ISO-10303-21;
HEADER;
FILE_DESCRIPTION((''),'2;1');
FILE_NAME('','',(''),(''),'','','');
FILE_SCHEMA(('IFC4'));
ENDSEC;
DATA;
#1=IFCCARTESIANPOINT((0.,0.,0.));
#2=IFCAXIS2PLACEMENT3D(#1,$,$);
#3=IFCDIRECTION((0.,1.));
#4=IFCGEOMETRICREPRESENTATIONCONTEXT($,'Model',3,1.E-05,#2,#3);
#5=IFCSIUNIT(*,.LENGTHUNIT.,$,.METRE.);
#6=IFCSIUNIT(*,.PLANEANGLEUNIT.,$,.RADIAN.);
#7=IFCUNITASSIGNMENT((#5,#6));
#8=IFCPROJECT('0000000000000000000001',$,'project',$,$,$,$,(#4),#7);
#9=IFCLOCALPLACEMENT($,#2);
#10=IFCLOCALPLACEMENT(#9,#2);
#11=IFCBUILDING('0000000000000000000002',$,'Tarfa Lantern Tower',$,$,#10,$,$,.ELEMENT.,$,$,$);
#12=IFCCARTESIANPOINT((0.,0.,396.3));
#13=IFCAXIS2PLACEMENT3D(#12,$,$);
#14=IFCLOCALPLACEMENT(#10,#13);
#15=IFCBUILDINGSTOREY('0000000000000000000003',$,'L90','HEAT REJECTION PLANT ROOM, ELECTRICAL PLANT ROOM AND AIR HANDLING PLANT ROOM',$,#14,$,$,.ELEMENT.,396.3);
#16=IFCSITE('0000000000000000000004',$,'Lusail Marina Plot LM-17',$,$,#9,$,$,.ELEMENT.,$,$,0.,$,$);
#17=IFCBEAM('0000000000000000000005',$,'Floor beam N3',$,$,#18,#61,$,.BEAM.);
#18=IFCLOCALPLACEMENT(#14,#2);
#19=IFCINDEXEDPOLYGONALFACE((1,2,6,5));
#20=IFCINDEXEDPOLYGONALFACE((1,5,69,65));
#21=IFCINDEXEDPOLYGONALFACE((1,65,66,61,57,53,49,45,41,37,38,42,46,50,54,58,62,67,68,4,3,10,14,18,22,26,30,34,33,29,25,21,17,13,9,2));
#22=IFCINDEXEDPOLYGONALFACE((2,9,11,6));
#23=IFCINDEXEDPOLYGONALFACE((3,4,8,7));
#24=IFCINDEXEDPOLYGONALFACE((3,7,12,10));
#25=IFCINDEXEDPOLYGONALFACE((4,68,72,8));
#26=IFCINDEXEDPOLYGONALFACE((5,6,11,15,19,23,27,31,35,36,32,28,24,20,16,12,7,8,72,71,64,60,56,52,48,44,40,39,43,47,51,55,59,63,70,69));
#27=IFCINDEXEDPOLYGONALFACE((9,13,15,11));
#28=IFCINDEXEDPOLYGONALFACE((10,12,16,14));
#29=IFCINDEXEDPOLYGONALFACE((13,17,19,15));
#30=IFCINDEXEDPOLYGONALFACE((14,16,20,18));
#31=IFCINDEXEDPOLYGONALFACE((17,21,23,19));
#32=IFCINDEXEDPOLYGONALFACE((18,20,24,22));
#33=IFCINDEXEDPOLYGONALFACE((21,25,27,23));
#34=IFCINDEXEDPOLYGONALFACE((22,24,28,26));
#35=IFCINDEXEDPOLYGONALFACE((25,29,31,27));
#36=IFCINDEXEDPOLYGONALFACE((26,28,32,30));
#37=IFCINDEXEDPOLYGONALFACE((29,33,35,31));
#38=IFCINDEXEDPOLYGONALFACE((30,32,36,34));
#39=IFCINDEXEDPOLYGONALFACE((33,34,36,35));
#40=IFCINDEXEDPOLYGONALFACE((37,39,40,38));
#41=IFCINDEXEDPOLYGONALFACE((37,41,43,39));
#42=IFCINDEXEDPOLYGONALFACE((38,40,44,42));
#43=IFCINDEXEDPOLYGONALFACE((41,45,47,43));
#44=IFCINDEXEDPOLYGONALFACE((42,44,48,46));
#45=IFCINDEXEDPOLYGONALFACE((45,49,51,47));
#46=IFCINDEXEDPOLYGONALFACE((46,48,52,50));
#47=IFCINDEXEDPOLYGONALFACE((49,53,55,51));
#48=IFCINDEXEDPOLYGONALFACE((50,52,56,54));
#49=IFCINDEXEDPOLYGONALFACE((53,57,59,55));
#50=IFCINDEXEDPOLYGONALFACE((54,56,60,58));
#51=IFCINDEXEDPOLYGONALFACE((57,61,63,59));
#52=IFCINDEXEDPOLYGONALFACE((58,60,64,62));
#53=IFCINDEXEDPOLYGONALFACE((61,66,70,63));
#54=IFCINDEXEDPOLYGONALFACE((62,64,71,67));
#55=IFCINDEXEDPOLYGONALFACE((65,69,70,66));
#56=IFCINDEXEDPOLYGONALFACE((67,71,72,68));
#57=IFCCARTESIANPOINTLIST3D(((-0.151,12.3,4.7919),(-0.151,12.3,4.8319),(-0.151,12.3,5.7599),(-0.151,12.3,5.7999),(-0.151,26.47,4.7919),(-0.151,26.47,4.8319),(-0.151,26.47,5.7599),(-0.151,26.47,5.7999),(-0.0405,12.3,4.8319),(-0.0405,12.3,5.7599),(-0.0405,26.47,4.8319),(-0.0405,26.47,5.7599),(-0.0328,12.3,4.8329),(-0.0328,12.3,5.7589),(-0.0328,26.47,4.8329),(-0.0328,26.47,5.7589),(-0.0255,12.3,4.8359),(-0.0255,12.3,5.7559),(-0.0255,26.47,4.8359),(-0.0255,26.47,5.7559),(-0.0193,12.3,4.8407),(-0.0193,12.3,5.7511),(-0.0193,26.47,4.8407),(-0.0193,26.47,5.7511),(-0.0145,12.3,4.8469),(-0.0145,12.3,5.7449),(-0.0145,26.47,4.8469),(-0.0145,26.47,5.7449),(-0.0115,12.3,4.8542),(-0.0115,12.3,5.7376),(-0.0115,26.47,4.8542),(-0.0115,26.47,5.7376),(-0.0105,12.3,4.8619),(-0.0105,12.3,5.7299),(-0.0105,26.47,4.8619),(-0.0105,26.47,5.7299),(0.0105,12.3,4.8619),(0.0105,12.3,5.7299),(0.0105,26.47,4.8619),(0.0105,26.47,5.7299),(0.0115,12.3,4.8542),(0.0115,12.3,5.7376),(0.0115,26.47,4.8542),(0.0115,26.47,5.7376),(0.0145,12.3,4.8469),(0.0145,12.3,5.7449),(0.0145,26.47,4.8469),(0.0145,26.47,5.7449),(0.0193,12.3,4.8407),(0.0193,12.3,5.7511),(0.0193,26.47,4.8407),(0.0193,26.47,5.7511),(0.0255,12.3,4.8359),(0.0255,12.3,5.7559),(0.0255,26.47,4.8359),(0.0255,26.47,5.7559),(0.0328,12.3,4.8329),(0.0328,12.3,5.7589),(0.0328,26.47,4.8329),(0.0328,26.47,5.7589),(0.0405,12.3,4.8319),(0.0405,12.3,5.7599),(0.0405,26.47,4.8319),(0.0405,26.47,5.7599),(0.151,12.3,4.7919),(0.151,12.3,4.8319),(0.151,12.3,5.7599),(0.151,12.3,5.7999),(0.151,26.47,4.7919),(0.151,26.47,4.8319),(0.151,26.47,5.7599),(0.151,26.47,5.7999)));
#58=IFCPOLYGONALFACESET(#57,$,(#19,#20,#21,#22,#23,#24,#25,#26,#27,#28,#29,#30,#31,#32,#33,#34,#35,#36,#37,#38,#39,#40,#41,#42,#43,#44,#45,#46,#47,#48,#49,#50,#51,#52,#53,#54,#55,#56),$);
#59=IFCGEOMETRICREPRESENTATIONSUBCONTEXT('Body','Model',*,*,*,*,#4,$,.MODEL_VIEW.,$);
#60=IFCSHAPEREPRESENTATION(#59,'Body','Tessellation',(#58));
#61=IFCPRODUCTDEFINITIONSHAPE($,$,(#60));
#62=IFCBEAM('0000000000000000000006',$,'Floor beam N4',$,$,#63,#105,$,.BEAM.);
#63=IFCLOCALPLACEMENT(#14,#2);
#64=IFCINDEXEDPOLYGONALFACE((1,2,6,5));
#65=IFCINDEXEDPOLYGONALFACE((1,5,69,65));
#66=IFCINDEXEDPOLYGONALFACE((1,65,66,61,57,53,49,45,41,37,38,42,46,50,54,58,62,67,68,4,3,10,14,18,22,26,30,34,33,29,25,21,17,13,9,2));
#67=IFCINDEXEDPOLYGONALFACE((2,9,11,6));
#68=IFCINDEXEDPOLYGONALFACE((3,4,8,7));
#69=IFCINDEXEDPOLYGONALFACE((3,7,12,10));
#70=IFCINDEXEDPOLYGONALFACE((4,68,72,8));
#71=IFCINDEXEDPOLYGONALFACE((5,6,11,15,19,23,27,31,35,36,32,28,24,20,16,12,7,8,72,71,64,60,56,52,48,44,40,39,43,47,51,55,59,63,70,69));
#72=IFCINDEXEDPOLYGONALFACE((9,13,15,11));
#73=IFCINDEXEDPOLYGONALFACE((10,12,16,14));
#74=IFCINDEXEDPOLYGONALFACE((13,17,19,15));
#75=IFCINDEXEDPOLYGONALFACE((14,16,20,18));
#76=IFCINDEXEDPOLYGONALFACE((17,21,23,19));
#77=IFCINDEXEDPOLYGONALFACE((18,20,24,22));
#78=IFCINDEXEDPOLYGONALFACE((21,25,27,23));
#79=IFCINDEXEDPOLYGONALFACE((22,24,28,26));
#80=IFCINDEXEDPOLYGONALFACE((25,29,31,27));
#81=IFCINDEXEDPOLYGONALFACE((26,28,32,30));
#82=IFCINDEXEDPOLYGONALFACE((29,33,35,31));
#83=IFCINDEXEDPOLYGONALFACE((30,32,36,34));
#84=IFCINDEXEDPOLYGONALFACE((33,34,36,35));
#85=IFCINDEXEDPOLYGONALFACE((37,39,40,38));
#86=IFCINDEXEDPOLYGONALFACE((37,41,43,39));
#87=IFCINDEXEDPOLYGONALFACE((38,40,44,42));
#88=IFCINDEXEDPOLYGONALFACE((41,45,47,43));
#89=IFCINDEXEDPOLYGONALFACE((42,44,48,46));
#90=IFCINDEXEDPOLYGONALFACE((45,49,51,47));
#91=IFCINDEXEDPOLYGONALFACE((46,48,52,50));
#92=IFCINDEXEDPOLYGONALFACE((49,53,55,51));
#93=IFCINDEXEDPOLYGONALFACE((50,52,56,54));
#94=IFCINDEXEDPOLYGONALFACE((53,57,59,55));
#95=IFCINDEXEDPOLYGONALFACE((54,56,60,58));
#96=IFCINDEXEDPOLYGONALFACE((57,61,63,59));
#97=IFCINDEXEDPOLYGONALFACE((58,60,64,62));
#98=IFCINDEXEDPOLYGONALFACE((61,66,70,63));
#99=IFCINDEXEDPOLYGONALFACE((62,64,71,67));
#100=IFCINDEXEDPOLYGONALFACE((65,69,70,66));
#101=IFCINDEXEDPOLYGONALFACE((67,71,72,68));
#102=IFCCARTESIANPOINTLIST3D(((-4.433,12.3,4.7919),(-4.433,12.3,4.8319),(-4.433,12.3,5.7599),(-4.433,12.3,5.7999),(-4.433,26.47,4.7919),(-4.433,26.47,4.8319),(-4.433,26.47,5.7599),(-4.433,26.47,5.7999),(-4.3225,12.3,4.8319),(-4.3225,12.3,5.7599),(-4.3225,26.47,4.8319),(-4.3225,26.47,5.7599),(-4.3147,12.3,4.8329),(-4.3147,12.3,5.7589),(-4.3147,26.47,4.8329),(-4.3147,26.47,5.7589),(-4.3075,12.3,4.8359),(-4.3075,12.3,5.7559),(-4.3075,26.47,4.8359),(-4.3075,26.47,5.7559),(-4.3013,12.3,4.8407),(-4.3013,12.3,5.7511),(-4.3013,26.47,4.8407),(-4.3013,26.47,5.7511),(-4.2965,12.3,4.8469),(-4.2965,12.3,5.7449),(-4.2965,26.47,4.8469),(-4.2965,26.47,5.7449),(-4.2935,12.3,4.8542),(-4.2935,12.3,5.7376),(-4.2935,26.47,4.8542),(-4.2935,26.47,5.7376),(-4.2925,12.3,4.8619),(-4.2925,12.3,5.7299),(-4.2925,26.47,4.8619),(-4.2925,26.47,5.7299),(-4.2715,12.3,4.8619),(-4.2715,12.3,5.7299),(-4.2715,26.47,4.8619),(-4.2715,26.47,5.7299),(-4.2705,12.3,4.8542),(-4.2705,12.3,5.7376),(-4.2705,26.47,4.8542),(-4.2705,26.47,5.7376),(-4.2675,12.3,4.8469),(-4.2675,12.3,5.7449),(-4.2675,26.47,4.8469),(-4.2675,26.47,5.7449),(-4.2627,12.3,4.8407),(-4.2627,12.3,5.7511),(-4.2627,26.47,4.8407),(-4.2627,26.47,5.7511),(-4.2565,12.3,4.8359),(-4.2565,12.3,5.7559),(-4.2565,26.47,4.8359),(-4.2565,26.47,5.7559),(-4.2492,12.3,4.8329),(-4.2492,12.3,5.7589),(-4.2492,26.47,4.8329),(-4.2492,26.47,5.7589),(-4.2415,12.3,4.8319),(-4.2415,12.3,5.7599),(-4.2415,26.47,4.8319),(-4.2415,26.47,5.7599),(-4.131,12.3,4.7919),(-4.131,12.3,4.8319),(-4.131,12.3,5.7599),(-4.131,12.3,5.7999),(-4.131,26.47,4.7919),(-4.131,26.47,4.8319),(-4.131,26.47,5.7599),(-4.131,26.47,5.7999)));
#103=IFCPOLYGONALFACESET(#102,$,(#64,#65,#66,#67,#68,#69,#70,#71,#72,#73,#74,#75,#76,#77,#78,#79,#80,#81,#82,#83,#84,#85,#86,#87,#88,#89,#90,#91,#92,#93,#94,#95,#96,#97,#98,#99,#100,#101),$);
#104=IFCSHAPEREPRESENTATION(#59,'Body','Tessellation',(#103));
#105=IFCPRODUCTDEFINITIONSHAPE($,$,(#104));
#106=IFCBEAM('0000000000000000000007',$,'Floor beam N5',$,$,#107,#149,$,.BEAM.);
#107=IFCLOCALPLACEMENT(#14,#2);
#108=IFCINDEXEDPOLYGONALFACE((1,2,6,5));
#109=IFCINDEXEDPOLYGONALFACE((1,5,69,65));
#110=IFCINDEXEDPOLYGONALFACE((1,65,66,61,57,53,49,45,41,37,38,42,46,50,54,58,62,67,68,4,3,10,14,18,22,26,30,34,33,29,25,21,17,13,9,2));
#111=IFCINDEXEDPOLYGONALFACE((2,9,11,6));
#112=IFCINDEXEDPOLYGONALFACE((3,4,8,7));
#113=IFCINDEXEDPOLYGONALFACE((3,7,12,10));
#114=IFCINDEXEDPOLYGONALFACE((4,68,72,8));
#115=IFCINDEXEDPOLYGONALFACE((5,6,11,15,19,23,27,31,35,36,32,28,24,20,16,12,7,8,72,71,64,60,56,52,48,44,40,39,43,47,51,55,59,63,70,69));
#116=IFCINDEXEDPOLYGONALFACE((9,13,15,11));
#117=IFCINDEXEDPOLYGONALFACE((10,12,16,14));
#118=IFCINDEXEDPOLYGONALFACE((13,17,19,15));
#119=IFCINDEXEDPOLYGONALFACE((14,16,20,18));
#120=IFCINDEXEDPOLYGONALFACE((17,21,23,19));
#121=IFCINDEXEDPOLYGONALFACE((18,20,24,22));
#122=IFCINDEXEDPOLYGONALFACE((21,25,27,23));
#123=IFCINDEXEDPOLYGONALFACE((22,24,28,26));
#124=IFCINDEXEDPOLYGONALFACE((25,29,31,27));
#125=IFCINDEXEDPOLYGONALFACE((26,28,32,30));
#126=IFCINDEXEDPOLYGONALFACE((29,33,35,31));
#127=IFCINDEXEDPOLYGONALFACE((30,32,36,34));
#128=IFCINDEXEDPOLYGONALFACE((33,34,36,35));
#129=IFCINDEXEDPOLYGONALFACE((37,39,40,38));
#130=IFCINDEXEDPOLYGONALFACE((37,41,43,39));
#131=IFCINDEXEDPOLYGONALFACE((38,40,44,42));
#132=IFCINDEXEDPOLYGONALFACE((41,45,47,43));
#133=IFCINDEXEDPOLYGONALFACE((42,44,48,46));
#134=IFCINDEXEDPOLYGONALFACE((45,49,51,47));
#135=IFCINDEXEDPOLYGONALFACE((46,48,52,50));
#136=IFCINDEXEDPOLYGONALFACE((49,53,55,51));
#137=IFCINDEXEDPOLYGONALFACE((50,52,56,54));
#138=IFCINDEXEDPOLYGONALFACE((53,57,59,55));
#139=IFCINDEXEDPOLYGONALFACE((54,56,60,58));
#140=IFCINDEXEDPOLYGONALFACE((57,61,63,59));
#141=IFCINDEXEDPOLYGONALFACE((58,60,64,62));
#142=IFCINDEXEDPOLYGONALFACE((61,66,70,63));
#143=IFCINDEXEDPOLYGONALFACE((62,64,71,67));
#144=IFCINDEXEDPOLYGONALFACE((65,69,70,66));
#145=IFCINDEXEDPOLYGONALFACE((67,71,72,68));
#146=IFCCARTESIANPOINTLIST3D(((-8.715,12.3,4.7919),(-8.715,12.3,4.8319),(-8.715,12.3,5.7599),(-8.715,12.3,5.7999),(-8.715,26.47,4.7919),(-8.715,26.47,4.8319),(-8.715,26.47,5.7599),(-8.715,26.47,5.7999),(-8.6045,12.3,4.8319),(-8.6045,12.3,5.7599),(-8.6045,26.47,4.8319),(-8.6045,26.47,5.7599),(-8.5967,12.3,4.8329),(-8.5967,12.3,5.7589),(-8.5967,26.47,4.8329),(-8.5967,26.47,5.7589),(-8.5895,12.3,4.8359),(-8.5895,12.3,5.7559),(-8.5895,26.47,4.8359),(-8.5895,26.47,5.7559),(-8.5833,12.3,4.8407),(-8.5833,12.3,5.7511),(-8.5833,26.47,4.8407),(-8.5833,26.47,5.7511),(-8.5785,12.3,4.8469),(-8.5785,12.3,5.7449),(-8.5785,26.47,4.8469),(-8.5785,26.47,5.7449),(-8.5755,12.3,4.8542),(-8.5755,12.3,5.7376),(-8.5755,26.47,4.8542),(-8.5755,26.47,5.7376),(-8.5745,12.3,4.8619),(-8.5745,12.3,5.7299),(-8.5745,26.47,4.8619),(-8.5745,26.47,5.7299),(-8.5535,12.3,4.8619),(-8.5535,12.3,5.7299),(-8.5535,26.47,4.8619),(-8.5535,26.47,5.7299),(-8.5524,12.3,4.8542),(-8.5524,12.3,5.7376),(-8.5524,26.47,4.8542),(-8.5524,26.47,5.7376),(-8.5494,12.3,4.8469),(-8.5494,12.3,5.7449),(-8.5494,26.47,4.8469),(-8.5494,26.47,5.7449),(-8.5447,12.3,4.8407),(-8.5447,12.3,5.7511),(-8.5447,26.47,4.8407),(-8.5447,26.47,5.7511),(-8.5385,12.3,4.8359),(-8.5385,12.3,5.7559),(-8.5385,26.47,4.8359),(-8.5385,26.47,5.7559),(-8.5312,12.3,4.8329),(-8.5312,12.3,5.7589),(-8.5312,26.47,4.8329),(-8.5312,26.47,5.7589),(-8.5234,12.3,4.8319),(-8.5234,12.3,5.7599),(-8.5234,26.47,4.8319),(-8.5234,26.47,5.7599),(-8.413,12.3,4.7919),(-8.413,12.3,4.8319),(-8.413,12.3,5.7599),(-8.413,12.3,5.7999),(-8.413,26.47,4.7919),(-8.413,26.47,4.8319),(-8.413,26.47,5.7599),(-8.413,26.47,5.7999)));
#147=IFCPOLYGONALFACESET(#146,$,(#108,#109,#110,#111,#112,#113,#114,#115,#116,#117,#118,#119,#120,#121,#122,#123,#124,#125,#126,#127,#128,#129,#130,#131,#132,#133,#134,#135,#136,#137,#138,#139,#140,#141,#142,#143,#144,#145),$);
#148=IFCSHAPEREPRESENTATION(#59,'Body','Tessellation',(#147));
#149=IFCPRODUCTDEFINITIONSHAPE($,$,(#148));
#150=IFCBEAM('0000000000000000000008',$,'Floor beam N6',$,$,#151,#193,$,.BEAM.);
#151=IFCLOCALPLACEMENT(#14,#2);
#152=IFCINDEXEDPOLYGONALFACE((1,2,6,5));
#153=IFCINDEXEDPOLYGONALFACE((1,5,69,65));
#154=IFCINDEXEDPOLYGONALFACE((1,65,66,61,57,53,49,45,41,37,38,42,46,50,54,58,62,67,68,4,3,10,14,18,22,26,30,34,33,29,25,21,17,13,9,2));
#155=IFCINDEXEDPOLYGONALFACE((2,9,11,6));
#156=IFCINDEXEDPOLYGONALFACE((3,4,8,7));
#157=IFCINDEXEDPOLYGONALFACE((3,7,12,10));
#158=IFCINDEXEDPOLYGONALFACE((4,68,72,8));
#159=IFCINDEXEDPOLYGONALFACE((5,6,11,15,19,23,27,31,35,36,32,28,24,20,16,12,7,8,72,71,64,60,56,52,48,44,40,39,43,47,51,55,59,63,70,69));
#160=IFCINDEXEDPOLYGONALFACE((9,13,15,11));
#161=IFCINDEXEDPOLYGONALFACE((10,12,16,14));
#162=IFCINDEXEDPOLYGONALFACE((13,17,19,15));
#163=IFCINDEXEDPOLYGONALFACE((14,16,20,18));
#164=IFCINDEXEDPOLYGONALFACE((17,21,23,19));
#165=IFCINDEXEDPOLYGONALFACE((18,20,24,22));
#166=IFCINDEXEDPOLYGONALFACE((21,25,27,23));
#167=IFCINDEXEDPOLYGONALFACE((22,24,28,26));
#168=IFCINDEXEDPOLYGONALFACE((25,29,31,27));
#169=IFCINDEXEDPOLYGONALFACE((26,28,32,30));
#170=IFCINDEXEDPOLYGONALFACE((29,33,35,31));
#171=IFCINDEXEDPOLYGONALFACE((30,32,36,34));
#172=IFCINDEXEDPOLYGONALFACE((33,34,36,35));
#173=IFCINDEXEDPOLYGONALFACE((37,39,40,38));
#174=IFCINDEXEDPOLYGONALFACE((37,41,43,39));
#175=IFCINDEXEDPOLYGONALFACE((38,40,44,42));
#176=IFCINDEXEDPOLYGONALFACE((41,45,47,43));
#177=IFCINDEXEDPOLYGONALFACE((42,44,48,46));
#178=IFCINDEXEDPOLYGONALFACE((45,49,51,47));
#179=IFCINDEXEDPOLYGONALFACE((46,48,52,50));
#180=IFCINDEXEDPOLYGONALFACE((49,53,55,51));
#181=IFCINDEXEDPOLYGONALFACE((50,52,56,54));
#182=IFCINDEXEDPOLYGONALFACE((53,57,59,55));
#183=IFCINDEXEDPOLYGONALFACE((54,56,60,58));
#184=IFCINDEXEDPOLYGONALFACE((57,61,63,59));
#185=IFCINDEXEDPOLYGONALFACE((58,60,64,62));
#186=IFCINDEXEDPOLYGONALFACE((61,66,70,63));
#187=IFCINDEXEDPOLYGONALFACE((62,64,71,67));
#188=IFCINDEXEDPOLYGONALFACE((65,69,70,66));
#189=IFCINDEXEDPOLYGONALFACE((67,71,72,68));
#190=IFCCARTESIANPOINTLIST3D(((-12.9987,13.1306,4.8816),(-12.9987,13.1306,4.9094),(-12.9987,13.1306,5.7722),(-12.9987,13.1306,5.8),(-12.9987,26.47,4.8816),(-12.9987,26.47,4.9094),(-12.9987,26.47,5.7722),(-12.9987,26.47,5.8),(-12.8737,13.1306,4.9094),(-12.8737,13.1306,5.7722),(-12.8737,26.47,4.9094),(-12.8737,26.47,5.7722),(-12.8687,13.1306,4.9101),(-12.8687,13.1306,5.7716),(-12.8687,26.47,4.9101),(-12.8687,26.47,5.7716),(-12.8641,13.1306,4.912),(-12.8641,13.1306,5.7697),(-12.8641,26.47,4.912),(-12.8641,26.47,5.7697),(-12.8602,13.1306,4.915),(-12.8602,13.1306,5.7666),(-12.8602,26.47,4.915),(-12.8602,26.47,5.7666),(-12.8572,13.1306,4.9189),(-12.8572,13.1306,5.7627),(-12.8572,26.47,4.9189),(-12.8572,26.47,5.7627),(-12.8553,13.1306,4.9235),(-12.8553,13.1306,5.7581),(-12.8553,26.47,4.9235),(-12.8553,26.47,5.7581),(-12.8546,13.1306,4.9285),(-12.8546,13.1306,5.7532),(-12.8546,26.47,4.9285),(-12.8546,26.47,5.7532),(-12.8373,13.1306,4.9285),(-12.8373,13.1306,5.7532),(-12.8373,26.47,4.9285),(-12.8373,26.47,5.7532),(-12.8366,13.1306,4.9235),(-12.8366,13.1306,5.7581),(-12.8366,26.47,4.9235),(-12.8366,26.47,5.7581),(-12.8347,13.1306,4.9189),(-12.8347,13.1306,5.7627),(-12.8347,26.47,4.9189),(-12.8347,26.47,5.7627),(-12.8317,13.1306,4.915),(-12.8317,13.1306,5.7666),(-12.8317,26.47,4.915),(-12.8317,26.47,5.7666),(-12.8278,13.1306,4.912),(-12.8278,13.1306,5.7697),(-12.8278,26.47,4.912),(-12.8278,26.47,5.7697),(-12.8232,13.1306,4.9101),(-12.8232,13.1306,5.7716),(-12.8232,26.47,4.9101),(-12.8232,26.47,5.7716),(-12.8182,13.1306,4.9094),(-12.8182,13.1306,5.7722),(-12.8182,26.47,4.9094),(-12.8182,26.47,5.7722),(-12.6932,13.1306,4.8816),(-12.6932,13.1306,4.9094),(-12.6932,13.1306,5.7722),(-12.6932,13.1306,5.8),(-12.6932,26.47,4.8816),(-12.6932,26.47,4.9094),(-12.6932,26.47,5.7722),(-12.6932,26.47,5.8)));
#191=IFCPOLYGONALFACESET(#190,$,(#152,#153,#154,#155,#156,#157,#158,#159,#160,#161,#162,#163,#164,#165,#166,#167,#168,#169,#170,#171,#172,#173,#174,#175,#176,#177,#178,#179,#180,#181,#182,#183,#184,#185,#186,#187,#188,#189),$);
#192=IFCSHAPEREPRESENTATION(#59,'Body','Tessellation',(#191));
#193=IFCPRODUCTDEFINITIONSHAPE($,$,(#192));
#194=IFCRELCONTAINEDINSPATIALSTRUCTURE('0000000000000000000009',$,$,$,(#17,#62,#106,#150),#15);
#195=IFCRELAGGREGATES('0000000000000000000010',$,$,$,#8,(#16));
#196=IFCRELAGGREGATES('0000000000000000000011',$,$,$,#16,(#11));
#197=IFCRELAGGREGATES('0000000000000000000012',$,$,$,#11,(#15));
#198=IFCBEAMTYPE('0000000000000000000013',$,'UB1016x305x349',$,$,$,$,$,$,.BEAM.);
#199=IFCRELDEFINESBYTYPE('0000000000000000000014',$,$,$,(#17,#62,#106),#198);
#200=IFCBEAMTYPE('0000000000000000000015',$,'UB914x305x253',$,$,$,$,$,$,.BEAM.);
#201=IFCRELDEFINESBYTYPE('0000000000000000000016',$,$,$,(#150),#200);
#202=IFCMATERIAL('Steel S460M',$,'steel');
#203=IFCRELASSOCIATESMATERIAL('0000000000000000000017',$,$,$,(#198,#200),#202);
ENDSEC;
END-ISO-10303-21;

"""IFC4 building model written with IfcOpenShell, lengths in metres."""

from ifc_helpers import new_model, si_unit, direction, frame, origin, origin_2d, place, context, subcontext, project, spatial, i_section, extrude, material, material_profile, profile_set, type_object, element, save


model = new_model("IFC4")

# Units and contexts
model_context = context("Model", 3, precision=1e-05, world=origin(), true_north=direction((0.0, 1.0)))
body_context = subcontext(model_context, "Body", "Model", "MODEL_VIEW")
ifc_project = project(units=[si_unit("LENGTHUNIT", "METRE"), si_unit("PLANEANGLEUNIT", "RADIAN")], contexts=[model_context])

# Site, building, storey
site_placement = place(None, origin())
site = spatial("IfcSite", under=ifc_project, at=site_placement, Name="Lusail Marina Plot LM-17", CompositionType="ELEMENT", RefElevation=0.0)
building_placement = place(site_placement, origin())
building = spatial("IfcBuilding", under=site, at=building_placement, Name="Tarfa Lantern Tower", CompositionType="ELEMENT")
storey_placement = place(building_placement, frame((0.0, 0.0, 396.3)))
storey = spatial("IfcBuildingStorey", under=building, at=storey_placement, Name="L90", Description="HEAT REJECTION PLANT ROOM, ELECTRICAL PLANT ROOM AND AIR HANDLING PLANT ROOM", CompositionType="ELEMENT", Elevation=396.3)

# Beams
ifc_material_1 = material(Name="Steel S460M", Category="steel")
ifc_material_profile_1 = material_profile(ifc_material_1, i_section(OverallWidth=0.302, OverallDepth=1.0081, WebThickness=0.021, FlangeThickness=0.04, FilletRadius=0.03, at=origin_2d()), Name="UB1016x305x349")
ifc_profile_set_1 = profile_set([ifc_material_profile_1], Name="Steel S460M")
beam_type_1 = type_object("IfcBeamType", Name="UB1016x305x349", PredefinedType="BEAM", material=ifc_profile_set_1)
for number, where, z_axis, x_axis, name in (
    (1, (0.0, 26.47, 5.2959), (0.0, -1.0, 0.0), (1.0, 0.0, 0.0), "Floor beam N3"),
    (2, (-4.282, 26.47, 5.2959), (0.0, -1.0, 0.0), (1.0, 0.0, 0.0), "Floor beam N4"),
    (3, (-8.564, 26.47, 5.2959), (0.0, -1.0, 0.0), (1.0, 0.0, 0.0), "Floor beam N5"),
):
    element("IfcBeam", number, at=place(storey_placement, frame(where, z_axis=z_axis, x_axis=x_axis)), inside=storey, type_object=beam_type_1, Name=name, PredefinedType="BEAM", context=body_context, shape_type="SweptSolid", body=[
        extrude(i_section(OverallWidth=0.302, OverallDepth=1.0081, WebThickness=0.021, FlangeThickness=0.04, FilletRadius=0.03, at=origin_2d()), origin(), (0.0, 0.0, 1.0), 14.1699),
    ])
ifc_material_profile_2 = material_profile(ifc_material_1, i_section(OverallWidth=0.3054, OverallDepth=0.9185, WebThickness=0.0173, FlangeThickness=0.0278, FilletRadius=0.019, at=origin_2d()), Name="UB914x305x253")
ifc_profile_set_2 = profile_set([ifc_material_profile_2], Name="Steel S460M")
beam_type_2 = type_object("IfcBeamType", Name="UB914x305x253", PredefinedType="BEAM", material=ifc_profile_set_2)
beam_1_placement = place(storey_placement, frame((-12.8459, 26.47, 5.3408), z_axis=(0.0, -1.0, 0.0), x_axis=(1.0, 0.0, 0.0)))
element("IfcBeam", 4, at=beam_1_placement, inside=storey, type_object=beam_type_2, Name="Floor beam N6", PredefinedType="BEAM", context=body_context, shape_type="SweptSolid", body=[
    extrude(i_section(OverallWidth=0.3054, OverallDepth=0.9185, WebThickness=0.0173, FlangeThickness=0.0278, FilletRadius=0.019, at=origin_2d()), origin(), (0.0, 0.0, 1.0), 13.3394),
])

save(model, "model.ifc")
